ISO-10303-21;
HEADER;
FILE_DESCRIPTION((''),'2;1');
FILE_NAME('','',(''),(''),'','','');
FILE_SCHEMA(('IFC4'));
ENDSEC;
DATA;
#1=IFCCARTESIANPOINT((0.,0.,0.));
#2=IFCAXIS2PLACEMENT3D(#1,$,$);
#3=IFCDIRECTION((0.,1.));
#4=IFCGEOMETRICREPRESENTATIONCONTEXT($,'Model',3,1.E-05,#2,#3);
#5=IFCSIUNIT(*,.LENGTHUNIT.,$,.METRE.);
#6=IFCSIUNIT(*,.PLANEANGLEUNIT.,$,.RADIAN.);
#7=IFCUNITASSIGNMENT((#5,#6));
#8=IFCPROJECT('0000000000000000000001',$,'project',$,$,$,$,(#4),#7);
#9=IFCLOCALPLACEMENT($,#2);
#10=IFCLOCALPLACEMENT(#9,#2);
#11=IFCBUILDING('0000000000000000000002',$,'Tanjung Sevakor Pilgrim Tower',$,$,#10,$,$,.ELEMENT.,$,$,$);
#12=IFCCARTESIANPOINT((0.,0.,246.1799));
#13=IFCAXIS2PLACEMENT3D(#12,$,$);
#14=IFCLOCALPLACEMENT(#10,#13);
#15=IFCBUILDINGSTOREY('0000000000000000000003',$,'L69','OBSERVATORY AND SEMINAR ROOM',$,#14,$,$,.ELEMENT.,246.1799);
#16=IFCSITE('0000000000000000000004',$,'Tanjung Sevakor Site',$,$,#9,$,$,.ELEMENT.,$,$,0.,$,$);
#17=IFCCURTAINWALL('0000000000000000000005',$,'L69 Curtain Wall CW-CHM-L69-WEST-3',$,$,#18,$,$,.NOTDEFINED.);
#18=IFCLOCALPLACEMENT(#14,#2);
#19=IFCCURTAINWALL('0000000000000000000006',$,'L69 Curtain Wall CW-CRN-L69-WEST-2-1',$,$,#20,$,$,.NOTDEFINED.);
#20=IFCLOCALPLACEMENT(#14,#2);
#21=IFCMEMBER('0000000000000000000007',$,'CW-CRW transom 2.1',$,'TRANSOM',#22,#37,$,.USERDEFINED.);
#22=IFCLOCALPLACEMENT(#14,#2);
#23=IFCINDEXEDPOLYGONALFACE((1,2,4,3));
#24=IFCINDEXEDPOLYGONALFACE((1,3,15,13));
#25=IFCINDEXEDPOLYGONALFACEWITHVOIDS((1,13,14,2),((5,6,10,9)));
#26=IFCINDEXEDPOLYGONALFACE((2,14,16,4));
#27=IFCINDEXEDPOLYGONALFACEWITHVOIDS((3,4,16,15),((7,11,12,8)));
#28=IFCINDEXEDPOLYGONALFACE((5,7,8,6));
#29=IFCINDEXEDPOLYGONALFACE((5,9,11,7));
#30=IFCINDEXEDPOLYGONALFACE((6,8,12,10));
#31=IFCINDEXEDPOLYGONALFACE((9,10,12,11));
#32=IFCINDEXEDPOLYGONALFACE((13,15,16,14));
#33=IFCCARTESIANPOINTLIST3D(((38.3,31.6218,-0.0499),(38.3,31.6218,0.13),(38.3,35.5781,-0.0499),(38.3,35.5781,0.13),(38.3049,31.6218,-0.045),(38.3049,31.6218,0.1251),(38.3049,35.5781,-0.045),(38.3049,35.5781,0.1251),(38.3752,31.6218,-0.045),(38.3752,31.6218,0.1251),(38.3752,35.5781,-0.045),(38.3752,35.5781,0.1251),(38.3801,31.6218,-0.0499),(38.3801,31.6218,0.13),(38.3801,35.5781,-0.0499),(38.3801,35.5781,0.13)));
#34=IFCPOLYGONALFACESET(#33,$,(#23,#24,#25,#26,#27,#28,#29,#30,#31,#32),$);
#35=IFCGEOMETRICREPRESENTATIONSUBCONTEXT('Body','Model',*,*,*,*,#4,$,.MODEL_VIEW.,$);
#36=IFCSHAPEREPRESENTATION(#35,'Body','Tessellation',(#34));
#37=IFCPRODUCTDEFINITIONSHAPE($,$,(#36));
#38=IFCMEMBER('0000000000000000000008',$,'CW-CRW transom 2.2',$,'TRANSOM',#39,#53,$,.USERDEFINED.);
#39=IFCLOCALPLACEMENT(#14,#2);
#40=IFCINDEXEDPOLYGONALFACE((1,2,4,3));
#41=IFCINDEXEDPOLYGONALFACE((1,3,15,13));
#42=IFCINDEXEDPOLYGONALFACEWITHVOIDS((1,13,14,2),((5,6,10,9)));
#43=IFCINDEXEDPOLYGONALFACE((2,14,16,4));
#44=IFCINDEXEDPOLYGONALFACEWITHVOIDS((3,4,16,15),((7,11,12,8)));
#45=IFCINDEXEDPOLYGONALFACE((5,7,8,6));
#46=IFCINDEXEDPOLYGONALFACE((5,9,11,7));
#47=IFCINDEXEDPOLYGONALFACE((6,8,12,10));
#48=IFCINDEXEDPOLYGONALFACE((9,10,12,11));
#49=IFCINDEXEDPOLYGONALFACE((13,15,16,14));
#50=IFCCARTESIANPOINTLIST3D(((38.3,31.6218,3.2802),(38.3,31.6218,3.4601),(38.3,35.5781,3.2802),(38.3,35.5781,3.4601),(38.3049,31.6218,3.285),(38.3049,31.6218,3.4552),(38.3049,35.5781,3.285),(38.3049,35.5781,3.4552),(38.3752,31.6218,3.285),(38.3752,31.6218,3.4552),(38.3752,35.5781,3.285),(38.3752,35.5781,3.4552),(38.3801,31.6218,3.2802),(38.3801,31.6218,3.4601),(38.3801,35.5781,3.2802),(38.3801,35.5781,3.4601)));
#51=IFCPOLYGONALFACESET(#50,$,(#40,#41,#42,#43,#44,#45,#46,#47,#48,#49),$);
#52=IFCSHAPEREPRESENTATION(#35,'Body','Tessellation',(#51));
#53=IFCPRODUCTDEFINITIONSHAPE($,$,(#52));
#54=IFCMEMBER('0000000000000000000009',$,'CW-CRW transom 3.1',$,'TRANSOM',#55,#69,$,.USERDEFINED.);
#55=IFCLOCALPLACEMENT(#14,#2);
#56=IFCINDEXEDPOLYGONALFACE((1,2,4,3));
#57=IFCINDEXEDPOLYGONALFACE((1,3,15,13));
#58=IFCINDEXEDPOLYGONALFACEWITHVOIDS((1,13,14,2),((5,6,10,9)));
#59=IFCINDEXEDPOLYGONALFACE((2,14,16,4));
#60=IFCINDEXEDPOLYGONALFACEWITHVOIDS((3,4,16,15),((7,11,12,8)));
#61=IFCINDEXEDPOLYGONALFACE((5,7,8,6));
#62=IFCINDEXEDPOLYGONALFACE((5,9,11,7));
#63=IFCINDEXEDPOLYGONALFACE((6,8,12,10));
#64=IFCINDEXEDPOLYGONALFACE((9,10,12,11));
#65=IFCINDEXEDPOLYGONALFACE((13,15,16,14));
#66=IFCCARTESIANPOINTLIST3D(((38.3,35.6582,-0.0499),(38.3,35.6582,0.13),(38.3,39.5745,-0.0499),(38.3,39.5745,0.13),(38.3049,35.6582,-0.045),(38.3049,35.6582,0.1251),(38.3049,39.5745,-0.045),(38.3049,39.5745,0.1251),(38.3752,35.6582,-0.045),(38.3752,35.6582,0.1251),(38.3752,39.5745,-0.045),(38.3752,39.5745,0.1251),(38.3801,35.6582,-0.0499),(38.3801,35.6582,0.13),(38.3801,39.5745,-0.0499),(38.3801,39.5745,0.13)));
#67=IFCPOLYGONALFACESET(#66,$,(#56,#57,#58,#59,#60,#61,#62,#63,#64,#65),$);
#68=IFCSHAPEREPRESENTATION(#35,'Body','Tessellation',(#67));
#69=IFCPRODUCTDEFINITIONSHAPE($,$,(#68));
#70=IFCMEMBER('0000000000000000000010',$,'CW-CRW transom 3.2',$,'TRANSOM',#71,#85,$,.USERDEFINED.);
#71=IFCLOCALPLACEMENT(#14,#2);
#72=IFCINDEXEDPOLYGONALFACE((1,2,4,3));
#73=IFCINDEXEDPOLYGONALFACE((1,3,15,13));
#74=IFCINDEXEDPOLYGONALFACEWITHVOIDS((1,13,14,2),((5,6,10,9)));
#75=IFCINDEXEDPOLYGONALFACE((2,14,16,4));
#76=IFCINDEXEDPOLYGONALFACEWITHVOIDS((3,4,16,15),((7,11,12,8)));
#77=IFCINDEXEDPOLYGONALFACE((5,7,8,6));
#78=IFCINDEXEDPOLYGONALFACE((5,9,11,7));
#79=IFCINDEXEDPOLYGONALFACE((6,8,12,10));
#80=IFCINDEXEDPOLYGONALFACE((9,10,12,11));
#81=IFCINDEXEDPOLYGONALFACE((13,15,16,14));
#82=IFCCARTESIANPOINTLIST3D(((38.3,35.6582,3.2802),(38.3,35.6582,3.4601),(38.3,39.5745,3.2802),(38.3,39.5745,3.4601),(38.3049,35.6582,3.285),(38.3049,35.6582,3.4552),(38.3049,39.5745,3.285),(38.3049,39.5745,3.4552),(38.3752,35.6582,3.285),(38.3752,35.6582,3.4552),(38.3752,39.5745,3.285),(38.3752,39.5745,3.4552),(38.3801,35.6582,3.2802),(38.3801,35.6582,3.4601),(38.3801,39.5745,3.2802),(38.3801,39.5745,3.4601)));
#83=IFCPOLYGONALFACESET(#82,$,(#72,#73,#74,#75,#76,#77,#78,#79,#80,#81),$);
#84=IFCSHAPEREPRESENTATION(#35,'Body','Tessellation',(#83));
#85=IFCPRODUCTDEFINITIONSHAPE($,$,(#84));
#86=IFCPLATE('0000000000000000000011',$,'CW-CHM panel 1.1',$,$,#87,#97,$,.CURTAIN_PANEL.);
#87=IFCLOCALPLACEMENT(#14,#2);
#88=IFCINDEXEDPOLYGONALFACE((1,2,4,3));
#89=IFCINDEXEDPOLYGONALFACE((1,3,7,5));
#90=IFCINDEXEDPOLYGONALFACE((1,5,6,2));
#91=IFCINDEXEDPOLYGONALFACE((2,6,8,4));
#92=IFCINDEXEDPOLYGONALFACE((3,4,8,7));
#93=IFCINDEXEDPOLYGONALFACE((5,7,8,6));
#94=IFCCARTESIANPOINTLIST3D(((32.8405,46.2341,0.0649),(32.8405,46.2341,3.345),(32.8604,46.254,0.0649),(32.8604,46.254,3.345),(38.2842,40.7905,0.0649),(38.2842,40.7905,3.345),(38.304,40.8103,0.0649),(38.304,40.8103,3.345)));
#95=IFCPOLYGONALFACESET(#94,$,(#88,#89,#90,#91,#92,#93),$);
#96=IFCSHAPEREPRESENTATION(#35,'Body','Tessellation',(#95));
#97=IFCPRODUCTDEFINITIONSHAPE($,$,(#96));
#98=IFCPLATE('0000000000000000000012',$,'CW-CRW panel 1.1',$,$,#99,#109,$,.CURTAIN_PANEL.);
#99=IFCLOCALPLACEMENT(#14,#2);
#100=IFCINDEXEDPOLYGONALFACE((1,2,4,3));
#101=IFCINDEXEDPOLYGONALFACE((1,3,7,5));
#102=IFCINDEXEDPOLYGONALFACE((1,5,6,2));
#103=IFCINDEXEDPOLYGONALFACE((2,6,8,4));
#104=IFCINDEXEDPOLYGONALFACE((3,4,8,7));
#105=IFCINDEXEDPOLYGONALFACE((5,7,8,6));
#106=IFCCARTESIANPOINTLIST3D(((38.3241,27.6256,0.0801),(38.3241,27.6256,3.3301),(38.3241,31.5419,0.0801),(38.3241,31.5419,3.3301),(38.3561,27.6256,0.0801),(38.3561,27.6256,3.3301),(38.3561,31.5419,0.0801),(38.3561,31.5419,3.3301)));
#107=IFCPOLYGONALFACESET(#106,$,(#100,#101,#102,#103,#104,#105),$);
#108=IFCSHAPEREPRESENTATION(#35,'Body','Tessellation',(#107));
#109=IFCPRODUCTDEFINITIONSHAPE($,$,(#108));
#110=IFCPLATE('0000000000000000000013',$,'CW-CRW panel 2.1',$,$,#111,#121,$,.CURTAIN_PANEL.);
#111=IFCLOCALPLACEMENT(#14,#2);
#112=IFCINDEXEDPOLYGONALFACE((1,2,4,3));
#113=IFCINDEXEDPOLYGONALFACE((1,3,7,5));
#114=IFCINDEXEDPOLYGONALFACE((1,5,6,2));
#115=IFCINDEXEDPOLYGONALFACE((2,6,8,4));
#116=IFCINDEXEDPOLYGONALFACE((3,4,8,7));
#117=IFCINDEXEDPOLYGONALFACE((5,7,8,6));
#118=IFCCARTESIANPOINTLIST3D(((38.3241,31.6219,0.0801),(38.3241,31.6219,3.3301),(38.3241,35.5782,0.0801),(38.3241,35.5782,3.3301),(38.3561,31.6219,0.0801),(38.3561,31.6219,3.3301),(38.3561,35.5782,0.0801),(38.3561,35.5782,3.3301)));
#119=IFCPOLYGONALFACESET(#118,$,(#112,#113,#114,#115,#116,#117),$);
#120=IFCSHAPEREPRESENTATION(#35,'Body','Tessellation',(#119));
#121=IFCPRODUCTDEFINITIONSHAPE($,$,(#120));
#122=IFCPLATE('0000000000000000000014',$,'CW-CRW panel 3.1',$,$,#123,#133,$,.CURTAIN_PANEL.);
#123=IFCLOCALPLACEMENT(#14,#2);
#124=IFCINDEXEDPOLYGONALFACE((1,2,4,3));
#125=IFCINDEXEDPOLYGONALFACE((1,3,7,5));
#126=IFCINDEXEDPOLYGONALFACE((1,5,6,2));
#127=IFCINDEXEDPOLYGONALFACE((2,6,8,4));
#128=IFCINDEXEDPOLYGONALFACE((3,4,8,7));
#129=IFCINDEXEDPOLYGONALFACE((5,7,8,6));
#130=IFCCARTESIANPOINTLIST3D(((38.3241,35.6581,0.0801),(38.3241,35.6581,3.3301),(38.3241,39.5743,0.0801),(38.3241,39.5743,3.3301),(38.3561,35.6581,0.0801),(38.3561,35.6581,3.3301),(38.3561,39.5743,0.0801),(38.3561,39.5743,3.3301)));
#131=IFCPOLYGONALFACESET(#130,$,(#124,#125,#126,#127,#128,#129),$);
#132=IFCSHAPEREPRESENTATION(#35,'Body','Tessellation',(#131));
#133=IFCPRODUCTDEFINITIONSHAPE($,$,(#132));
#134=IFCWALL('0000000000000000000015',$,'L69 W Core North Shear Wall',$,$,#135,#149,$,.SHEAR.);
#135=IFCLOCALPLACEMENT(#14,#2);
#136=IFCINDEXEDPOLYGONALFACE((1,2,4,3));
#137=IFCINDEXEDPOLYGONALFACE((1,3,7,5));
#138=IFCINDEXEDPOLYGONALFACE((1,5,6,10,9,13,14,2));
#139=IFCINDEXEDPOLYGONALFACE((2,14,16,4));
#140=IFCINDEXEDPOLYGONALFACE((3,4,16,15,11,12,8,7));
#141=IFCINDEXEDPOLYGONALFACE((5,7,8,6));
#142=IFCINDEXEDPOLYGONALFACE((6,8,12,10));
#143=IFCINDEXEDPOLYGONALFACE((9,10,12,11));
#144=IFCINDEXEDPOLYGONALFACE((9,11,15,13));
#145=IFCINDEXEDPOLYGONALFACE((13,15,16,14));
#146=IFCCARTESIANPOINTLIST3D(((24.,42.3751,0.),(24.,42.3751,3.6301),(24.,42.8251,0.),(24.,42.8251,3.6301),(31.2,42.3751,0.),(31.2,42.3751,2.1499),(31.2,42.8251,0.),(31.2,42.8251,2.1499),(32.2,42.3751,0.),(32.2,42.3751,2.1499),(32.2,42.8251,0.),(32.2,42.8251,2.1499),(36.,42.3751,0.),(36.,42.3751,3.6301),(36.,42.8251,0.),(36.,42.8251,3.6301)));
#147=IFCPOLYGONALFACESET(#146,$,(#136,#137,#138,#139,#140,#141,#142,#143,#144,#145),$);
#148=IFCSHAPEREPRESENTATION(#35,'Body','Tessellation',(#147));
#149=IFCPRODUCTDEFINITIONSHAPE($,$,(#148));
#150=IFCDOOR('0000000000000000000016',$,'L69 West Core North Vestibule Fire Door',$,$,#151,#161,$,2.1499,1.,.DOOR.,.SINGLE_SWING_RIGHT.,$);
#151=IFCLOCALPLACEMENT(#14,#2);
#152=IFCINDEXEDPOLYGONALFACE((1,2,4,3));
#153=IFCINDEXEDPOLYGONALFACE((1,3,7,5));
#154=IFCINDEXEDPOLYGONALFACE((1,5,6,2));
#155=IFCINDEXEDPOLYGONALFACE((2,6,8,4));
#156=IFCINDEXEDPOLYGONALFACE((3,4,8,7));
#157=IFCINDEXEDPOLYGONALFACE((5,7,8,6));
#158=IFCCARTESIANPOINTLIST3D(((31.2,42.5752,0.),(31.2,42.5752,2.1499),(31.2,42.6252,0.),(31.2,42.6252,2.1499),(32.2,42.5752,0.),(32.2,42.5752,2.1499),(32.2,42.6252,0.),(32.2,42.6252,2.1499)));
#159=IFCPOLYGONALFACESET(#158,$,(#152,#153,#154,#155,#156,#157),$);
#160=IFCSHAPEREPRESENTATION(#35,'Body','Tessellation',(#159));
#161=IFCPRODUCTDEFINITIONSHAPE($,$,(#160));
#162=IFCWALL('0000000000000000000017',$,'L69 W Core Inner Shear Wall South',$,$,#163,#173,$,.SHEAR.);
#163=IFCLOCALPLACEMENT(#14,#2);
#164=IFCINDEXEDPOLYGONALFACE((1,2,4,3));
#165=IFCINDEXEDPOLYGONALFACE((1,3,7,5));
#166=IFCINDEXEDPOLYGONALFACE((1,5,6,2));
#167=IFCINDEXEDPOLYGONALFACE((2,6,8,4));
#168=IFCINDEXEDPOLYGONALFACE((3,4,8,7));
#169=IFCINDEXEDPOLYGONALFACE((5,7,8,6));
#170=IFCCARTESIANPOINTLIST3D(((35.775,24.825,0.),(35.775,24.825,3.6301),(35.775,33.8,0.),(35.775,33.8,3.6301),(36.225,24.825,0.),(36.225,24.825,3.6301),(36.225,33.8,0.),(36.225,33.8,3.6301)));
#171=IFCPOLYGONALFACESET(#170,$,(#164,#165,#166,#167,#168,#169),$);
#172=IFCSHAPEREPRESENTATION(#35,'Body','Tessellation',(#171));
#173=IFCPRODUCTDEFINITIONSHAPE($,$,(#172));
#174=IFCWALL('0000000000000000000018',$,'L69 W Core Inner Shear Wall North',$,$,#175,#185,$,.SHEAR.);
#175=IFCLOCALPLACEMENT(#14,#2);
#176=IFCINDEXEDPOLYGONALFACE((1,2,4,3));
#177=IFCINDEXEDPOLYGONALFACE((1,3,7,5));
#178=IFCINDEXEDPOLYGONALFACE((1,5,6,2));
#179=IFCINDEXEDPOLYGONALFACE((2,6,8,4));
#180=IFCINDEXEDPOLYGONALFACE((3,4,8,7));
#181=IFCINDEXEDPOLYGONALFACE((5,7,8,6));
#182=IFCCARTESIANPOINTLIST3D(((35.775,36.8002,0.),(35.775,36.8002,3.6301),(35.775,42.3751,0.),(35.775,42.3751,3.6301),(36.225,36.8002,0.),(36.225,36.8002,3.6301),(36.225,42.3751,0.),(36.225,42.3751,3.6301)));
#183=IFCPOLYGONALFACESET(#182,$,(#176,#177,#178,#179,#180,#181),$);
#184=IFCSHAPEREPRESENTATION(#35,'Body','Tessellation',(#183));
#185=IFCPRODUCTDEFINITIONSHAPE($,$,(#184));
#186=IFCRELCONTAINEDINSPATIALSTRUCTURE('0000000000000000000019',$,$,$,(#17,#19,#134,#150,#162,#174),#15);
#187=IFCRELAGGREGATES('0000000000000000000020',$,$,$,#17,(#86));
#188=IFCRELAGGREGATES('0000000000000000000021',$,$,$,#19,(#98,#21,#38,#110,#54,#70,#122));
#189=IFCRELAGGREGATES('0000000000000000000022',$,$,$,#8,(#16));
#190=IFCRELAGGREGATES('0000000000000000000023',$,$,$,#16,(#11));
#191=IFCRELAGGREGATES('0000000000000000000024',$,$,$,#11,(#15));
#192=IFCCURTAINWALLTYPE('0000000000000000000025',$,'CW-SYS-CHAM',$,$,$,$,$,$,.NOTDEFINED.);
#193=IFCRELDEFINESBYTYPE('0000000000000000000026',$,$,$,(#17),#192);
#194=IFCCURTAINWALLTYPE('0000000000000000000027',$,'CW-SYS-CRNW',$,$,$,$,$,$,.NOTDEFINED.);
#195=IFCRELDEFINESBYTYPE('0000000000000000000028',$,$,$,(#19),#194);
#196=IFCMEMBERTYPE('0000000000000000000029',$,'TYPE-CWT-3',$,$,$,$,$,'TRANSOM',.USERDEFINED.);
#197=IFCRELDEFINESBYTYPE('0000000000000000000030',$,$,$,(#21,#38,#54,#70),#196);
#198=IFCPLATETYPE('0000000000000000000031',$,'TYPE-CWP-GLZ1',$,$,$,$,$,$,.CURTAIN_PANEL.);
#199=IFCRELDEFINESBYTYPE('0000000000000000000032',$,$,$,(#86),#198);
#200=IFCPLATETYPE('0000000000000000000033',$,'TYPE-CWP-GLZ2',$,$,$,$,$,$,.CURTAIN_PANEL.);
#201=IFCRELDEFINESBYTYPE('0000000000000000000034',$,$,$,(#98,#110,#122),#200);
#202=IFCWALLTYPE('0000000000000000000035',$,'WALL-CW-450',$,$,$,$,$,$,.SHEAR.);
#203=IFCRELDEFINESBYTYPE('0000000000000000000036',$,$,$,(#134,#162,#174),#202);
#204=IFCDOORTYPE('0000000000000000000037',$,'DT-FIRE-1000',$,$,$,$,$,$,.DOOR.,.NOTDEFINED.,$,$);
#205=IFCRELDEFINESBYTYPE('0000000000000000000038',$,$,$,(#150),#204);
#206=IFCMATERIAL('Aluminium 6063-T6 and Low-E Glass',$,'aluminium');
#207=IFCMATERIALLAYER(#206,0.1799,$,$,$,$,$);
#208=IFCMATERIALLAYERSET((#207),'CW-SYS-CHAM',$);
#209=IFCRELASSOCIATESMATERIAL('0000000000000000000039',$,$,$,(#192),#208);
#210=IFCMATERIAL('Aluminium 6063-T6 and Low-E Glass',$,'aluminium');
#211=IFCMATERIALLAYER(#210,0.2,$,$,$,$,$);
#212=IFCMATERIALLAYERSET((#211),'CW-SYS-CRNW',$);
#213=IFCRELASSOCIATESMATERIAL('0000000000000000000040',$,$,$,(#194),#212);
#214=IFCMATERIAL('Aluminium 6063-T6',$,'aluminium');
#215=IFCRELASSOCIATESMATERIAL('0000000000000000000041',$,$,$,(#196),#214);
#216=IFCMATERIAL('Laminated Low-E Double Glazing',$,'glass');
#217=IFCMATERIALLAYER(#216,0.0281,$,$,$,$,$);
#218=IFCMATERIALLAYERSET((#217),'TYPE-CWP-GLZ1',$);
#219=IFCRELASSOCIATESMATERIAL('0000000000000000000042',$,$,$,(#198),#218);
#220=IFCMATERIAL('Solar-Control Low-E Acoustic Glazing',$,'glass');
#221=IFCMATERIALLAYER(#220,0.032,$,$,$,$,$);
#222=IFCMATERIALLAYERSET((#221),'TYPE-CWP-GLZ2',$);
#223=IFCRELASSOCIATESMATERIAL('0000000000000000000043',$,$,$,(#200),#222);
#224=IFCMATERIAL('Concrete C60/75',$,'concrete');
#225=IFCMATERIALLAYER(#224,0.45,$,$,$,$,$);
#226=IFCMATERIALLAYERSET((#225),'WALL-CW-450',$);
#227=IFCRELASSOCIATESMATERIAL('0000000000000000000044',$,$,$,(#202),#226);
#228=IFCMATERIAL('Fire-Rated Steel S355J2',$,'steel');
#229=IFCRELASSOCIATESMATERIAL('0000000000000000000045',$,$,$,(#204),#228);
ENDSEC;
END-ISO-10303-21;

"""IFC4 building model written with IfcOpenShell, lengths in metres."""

from ifc_helpers import new_model, si_unit, direction, frame, frame_2d, origin, origin_2d, place, context, subcontext, project, spatial, rectangle, hollow_rectangle, extrude, material, layer, layer_set, material_profile, profile_set, type_object, element, fill, aggregate, save


model = new_model("IFC4")

# Units and contexts
model_context = context("Model", 3, precision=1e-05, world=origin(), true_north=direction((0.0, 1.0)))
body_context = subcontext(model_context, "Body", "Model", "MODEL_VIEW")
ifc_project = project(units=[si_unit("LENGTHUNIT", "METRE"), si_unit("PLANEANGLEUNIT", "RADIAN")], contexts=[model_context])

# Site, building, storey
site_placement = place(None, origin())
site = spatial("IfcSite", under=ifc_project, at=site_placement, Name="Tanjung Sevakor Site", CompositionType="ELEMENT", RefElevation=0.0)
building_placement = place(site_placement, origin())
building = spatial("IfcBuilding", under=site, at=building_placement, Name="Tanjung Sevakor Pilgrim Tower", CompositionType="ELEMENT")
storey_placement = place(building_placement, frame((0.0, 0.0, 246.1799)))
storey = spatial("IfcBuildingStorey", under=building, at=storey_placement, Name="L69", Description="OBSERVATORY AND SEMINAR ROOM", CompositionType="ELEMENT", Elevation=246.1799)

# Curtain wall
ifc_material_1 = material(Name="Aluminium 6063-T6 and Low-E Glass", Category="aluminium")
ifc_layer_1 = layer(ifc_material_1, 0.1799)
ifc_layer_set_1 = layer_set([ifc_layer_1], Name="CW-SYS-CHAM")
curtain_wall_type_1 = type_object("IfcCurtainWallType", Name="CW-SYS-CHAM", PredefinedType="NOTDEFINED", material=ifc_layer_set_1)
curtain_wall_1_placement = place(storey_placement, origin())
curtain_wall_1 = element("IfcCurtainWall", 1, at=curtain_wall_1_placement, inside=storey, type_object=curtain_wall_type_1, Name="L69 Curtain Wall CW-CHM-L69-WEST-3", PredefinedType="NOTDEFINED")

# Curtain wall
ifc_material_2 = material(Name="Aluminium 6063-T6 and Low-E Glass", Category="aluminium")
ifc_layer_2 = layer(ifc_material_2, 0.2)
ifc_layer_set_2 = layer_set([ifc_layer_2], Name="CW-SYS-CRNW")
curtain_wall_type_2 = type_object("IfcCurtainWallType", Name="CW-SYS-CRNW", PredefinedType="NOTDEFINED", material=ifc_layer_set_2)
curtain_wall_2_placement = place(storey_placement, origin())
curtain_wall_2 = element("IfcCurtainWall", 2, at=curtain_wall_2_placement, inside=storey, type_object=curtain_wall_type_2, Name="L69 Curtain Wall CW-CRN-L69-WEST-2-1", PredefinedType="NOTDEFINED")

# Members
ifc_material_3 = material(Name="Aluminium 6063-T6", Category="aluminium")
ifc_material_profile_1 = material_profile(ifc_material_3, hollow_rectangle(XDim=0.0801, YDim=0.1799, WallThickness=0.0049, at=origin_2d()))
ifc_profile_set_1 = profile_set([ifc_material_profile_1], Name="Aluminium 6063-T6")
member_type_1 = type_object("IfcMemberType", Name="TYPE-CWT-3", ElementType="TRANSOM", PredefinedType="USERDEFINED", material=ifc_profile_set_1)
member_1_placement = place(storey_placement, frame((38.3401, 31.6218, 0.04), z_axis=(0.0, 1.0, 0.0), x_axis=(-1.0, 0.0, 0.0)))
member_1 = element("IfcMember", 3, at=member_1_placement, type_object=member_type_1, Name="CW-CRW transom 2.1", ObjectType="TRANSOM", PredefinedType="USERDEFINED", context=body_context, shape_type="SweptSolid", body=[
    extrude(hollow_rectangle(XDim=0.0801, YDim=0.1799, WallThickness=0.0049, at=origin_2d()), origin(), (0.0, 0.0, 1.0), 3.9563),
])
member_2_placement = place(storey_placement, frame((38.3401, 31.6218, 3.3701), z_axis=(0.0, 1.0, 0.0), x_axis=(-1.0, 0.0, 0.0)))
member_2 = element("IfcMember", 4, at=member_2_placement, type_object=member_type_1, Name="CW-CRW transom 2.2", ObjectType="TRANSOM", PredefinedType="USERDEFINED", context=body_context, shape_type="SweptSolid", body=[
    extrude(hollow_rectangle(XDim=0.0801, YDim=0.1799, WallThickness=0.0049, at=origin_2d()), origin(), (0.0, 0.0, 1.0), 3.9563),
])
member_3_placement = place(storey_placement, frame((38.3401, 35.6582, 0.04), z_axis=(0.0, 1.0, 0.0), x_axis=(-1.0, 0.0, 0.0)))
member_3 = element("IfcMember", 5, at=member_3_placement, type_object=member_type_1, Name="CW-CRW transom 3.1", ObjectType="TRANSOM", PredefinedType="USERDEFINED", context=body_context, shape_type="SweptSolid", body=[
    extrude(hollow_rectangle(XDim=0.0801, YDim=0.1799, WallThickness=0.0049, at=origin_2d()), origin(), (0.0, 0.0, 1.0), 3.9163),
])
member_4_placement = place(storey_placement, frame((38.3401, 35.6582, 3.3701), z_axis=(0.0, 1.0, 0.0), x_axis=(-1.0, 0.0, 0.0)))
member_4 = element("IfcMember", 6, at=member_4_placement, type_object=member_type_1, Name="CW-CRW transom 3.2", ObjectType="TRANSOM", PredefinedType="USERDEFINED", context=body_context, shape_type="SweptSolid", body=[
    extrude(hollow_rectangle(XDim=0.0801, YDim=0.1799, WallThickness=0.0049, at=origin_2d()), origin(), (0.0, 0.0, 1.0), 3.9163),
])

# Plates
ifc_material_4 = material(Name="Laminated Low-E Double Glazing", Category="glass")
ifc_layer_3 = layer(ifc_material_4, 0.0281)
ifc_layer_set_3 = layer_set([ifc_layer_3], Name="TYPE-CWP-GLZ1")
plate_type_1 = type_object("IfcPlateType", Name="TYPE-CWP-GLZ1", PredefinedType="CURTAIN_PANEL", material=ifc_layer_set_3)
plate_1_placement = place(storey_placement, frame((35.5723, 43.5222, 0.0649), z_axis=(0.0, 0.0, 1.0), x_axis=(-0.707107, 0.707107, 0.0)))
plate_1 = element("IfcPlate", 7, at=plate_1_placement, type_object=plate_type_1, Name="CW-CHM panel 1.1", PredefinedType="CURTAIN_PANEL", context=body_context, shape_type="SweptSolid", body=[
    extrude(rectangle(XDim=7.6985, YDim=0.0281, at=origin_2d()), origin(), (0.0, 0.0, 1.0), 3.28),
])
aggregate(curtain_wall_1, [plate_1])
ifc_material_5 = material(Name="Solar-Control Low-E Acoustic Glazing", Category="glass")
ifc_layer_4 = layer(ifc_material_5, 0.032)
ifc_layer_set_4 = layer_set([ifc_layer_4], Name="TYPE-CWP-GLZ2")
plate_type_2 = type_object("IfcPlateType", Name="TYPE-CWP-GLZ2", PredefinedType="CURTAIN_PANEL", material=ifc_layer_set_4)
plate_2_placement = place(storey_placement, frame((38.3401, 29.5837, 0.0801), z_axis=(0.0, 0.0, 1.0), x_axis=(0.0, 1.0, 0.0)))
plate_2 = element("IfcPlate", 8, at=plate_2_placement, type_object=plate_type_2, Name="CW-CRW panel 1.1", PredefinedType="CURTAIN_PANEL", context=body_context, shape_type="SweptSolid", body=[
    extrude(rectangle(XDim=3.9163, YDim=0.032, at=origin_2d()), origin(), (0.0, 0.0, 1.0), 3.25),
])
plate_3_placement = place(storey_placement, frame((38.3401, 33.6001, 0.0801), z_axis=(0.0, 0.0, 1.0), x_axis=(0.0, 1.0, 0.0)))
plate_3 = element("IfcPlate", 9, at=plate_3_placement, type_object=plate_type_2, Name="CW-CRW panel 2.1", PredefinedType="CURTAIN_PANEL", context=body_context, shape_type="SweptSolid", body=[
    extrude(rectangle(XDim=3.9563, YDim=0.032, at=origin_2d()), origin(), (0.0, 0.0, 1.0), 3.25),
])
plate_4_placement = place(storey_placement, frame((38.3401, 37.6162, 0.0801), z_axis=(0.0, 0.0, 1.0), x_axis=(0.0, 1.0, 0.0)))
plate_4 = element("IfcPlate", 10, at=plate_4_placement, type_object=plate_type_2, Name="CW-CRW panel 3.1", PredefinedType="CURTAIN_PANEL", context=body_context, shape_type="SweptSolid", body=[
    extrude(rectangle(XDim=3.9163, YDim=0.032, at=origin_2d()), origin(), (0.0, 0.0, 1.0), 3.25),
])
aggregate(curtain_wall_2, [plate_2, member_1, member_2, plate_3, member_3, member_4, plate_4])

# Wall, opening, door
ifc_material_6 = material(Name="Concrete C60/75", Category="concrete")
ifc_layer_5 = layer(ifc_material_6, 0.45)
ifc_layer_set_5 = layer_set([ifc_layer_5], Name="WALL-CW-450")
wall_type_1 = type_object("IfcWallType", Name="WALL-CW-450", PredefinedType="SHEAR", material=ifc_layer_set_5)
wall_1_placement = place(storey_placement, frame((36.0, 42.6001, 0.0), z_axis=(0.0, 0.0, 1.0), x_axis=(-1.0, 0.0, 0.0)))
wall_1 = element("IfcWall", 11, at=wall_1_placement, inside=storey, type_object=wall_type_1, Name="L69 W Core North Shear Wall", PredefinedType="SHEAR", context=body_context, shape_type="SweptSolid", body=[
    extrude(rectangle(XDim=12.0, YDim=0.45, at=frame_2d((6.0, 0.0))), origin(), (0.0, 0.0, 1.0), 3.6301),
])
opening_placement = place(wall_1_placement, frame((3.8, 0.0, 0.0)))
opening = element("IfcOpeningElement", 12, at=opening_placement, cuts=wall_1, PredefinedType="OPENING", context=body_context, shape_type="SweptSolid", body=[
    extrude(rectangle(XDim=1.0, YDim=2.1499, at=frame_2d((0.5, 1.075))), frame((0.0, 0.2349, 0.0), z_axis=(0.0, -1.0, 0.0), x_axis=(1.0, 0.0, 0.0)), (0.0, 0.0, 1.0), 0.47),
])
ifc_material_7 = material(Name="Fire-Rated Steel S355J2", Category="steel")
door_type = type_object("IfcDoorType", Name="DT-FIRE-1000", OperationType="NOTDEFINED", PredefinedType="DOOR", material=ifc_material_7)
door_placement = place(opening_placement, origin())
door = element("IfcDoor", 13, at=door_placement, inside=storey, type_object=door_type, Name="L69 West Core North Vestibule Fire Door", OperationType="SINGLE_SWING_RIGHT", OverallHeight=2.1499, OverallWidth=1.0, PredefinedType="DOOR", context=body_context, shape_type="SweptSolid", body=[
    extrude(rectangle(XDim=1.0, YDim=2.1499, at=frame_2d((0.5, 1.075))), frame((0.0, 0.0249, 0.0), z_axis=(0.0, -1.0, 0.0), x_axis=(1.0, 0.0, 0.0)), (0.0, 0.0, 1.0), 0.05),
])
fill(opening, door)

# Walls
wall_2_placement = place(storey_placement, frame((36.0, 24.825, 0.0), z_axis=(0.0, 0.0, 1.0), x_axis=(0.0, 1.0, 0.0)))
element("IfcWall", 14, at=wall_2_placement, inside=storey, type_object=wall_type_1, Name="L69 W Core Inner Shear Wall South", PredefinedType="SHEAR", context=body_context, shape_type="SweptSolid", body=[
    extrude(rectangle(XDim=8.9751, YDim=0.45, at=frame_2d((4.4875, 0.0))), origin(), (0.0, 0.0, 1.0), 3.6301),
])
wall_3_placement = place(storey_placement, frame((36.0, 36.8, 0.0), z_axis=(0.0, 0.0, 1.0), x_axis=(0.0, 1.0, 0.0)))
element("IfcWall", 15, at=wall_3_placement, inside=storey, type_object=wall_type_1, Name="L69 W Core Inner Shear Wall North", PredefinedType="SHEAR", context=body_context, shape_type="SweptSolid", body=[
    extrude(rectangle(XDim=5.575, YDim=0.45, at=frame_2d((2.7876, 0.0))), origin(), (0.0, 0.0, 1.0), 3.6301),
])

save(model, "model.ifc")
